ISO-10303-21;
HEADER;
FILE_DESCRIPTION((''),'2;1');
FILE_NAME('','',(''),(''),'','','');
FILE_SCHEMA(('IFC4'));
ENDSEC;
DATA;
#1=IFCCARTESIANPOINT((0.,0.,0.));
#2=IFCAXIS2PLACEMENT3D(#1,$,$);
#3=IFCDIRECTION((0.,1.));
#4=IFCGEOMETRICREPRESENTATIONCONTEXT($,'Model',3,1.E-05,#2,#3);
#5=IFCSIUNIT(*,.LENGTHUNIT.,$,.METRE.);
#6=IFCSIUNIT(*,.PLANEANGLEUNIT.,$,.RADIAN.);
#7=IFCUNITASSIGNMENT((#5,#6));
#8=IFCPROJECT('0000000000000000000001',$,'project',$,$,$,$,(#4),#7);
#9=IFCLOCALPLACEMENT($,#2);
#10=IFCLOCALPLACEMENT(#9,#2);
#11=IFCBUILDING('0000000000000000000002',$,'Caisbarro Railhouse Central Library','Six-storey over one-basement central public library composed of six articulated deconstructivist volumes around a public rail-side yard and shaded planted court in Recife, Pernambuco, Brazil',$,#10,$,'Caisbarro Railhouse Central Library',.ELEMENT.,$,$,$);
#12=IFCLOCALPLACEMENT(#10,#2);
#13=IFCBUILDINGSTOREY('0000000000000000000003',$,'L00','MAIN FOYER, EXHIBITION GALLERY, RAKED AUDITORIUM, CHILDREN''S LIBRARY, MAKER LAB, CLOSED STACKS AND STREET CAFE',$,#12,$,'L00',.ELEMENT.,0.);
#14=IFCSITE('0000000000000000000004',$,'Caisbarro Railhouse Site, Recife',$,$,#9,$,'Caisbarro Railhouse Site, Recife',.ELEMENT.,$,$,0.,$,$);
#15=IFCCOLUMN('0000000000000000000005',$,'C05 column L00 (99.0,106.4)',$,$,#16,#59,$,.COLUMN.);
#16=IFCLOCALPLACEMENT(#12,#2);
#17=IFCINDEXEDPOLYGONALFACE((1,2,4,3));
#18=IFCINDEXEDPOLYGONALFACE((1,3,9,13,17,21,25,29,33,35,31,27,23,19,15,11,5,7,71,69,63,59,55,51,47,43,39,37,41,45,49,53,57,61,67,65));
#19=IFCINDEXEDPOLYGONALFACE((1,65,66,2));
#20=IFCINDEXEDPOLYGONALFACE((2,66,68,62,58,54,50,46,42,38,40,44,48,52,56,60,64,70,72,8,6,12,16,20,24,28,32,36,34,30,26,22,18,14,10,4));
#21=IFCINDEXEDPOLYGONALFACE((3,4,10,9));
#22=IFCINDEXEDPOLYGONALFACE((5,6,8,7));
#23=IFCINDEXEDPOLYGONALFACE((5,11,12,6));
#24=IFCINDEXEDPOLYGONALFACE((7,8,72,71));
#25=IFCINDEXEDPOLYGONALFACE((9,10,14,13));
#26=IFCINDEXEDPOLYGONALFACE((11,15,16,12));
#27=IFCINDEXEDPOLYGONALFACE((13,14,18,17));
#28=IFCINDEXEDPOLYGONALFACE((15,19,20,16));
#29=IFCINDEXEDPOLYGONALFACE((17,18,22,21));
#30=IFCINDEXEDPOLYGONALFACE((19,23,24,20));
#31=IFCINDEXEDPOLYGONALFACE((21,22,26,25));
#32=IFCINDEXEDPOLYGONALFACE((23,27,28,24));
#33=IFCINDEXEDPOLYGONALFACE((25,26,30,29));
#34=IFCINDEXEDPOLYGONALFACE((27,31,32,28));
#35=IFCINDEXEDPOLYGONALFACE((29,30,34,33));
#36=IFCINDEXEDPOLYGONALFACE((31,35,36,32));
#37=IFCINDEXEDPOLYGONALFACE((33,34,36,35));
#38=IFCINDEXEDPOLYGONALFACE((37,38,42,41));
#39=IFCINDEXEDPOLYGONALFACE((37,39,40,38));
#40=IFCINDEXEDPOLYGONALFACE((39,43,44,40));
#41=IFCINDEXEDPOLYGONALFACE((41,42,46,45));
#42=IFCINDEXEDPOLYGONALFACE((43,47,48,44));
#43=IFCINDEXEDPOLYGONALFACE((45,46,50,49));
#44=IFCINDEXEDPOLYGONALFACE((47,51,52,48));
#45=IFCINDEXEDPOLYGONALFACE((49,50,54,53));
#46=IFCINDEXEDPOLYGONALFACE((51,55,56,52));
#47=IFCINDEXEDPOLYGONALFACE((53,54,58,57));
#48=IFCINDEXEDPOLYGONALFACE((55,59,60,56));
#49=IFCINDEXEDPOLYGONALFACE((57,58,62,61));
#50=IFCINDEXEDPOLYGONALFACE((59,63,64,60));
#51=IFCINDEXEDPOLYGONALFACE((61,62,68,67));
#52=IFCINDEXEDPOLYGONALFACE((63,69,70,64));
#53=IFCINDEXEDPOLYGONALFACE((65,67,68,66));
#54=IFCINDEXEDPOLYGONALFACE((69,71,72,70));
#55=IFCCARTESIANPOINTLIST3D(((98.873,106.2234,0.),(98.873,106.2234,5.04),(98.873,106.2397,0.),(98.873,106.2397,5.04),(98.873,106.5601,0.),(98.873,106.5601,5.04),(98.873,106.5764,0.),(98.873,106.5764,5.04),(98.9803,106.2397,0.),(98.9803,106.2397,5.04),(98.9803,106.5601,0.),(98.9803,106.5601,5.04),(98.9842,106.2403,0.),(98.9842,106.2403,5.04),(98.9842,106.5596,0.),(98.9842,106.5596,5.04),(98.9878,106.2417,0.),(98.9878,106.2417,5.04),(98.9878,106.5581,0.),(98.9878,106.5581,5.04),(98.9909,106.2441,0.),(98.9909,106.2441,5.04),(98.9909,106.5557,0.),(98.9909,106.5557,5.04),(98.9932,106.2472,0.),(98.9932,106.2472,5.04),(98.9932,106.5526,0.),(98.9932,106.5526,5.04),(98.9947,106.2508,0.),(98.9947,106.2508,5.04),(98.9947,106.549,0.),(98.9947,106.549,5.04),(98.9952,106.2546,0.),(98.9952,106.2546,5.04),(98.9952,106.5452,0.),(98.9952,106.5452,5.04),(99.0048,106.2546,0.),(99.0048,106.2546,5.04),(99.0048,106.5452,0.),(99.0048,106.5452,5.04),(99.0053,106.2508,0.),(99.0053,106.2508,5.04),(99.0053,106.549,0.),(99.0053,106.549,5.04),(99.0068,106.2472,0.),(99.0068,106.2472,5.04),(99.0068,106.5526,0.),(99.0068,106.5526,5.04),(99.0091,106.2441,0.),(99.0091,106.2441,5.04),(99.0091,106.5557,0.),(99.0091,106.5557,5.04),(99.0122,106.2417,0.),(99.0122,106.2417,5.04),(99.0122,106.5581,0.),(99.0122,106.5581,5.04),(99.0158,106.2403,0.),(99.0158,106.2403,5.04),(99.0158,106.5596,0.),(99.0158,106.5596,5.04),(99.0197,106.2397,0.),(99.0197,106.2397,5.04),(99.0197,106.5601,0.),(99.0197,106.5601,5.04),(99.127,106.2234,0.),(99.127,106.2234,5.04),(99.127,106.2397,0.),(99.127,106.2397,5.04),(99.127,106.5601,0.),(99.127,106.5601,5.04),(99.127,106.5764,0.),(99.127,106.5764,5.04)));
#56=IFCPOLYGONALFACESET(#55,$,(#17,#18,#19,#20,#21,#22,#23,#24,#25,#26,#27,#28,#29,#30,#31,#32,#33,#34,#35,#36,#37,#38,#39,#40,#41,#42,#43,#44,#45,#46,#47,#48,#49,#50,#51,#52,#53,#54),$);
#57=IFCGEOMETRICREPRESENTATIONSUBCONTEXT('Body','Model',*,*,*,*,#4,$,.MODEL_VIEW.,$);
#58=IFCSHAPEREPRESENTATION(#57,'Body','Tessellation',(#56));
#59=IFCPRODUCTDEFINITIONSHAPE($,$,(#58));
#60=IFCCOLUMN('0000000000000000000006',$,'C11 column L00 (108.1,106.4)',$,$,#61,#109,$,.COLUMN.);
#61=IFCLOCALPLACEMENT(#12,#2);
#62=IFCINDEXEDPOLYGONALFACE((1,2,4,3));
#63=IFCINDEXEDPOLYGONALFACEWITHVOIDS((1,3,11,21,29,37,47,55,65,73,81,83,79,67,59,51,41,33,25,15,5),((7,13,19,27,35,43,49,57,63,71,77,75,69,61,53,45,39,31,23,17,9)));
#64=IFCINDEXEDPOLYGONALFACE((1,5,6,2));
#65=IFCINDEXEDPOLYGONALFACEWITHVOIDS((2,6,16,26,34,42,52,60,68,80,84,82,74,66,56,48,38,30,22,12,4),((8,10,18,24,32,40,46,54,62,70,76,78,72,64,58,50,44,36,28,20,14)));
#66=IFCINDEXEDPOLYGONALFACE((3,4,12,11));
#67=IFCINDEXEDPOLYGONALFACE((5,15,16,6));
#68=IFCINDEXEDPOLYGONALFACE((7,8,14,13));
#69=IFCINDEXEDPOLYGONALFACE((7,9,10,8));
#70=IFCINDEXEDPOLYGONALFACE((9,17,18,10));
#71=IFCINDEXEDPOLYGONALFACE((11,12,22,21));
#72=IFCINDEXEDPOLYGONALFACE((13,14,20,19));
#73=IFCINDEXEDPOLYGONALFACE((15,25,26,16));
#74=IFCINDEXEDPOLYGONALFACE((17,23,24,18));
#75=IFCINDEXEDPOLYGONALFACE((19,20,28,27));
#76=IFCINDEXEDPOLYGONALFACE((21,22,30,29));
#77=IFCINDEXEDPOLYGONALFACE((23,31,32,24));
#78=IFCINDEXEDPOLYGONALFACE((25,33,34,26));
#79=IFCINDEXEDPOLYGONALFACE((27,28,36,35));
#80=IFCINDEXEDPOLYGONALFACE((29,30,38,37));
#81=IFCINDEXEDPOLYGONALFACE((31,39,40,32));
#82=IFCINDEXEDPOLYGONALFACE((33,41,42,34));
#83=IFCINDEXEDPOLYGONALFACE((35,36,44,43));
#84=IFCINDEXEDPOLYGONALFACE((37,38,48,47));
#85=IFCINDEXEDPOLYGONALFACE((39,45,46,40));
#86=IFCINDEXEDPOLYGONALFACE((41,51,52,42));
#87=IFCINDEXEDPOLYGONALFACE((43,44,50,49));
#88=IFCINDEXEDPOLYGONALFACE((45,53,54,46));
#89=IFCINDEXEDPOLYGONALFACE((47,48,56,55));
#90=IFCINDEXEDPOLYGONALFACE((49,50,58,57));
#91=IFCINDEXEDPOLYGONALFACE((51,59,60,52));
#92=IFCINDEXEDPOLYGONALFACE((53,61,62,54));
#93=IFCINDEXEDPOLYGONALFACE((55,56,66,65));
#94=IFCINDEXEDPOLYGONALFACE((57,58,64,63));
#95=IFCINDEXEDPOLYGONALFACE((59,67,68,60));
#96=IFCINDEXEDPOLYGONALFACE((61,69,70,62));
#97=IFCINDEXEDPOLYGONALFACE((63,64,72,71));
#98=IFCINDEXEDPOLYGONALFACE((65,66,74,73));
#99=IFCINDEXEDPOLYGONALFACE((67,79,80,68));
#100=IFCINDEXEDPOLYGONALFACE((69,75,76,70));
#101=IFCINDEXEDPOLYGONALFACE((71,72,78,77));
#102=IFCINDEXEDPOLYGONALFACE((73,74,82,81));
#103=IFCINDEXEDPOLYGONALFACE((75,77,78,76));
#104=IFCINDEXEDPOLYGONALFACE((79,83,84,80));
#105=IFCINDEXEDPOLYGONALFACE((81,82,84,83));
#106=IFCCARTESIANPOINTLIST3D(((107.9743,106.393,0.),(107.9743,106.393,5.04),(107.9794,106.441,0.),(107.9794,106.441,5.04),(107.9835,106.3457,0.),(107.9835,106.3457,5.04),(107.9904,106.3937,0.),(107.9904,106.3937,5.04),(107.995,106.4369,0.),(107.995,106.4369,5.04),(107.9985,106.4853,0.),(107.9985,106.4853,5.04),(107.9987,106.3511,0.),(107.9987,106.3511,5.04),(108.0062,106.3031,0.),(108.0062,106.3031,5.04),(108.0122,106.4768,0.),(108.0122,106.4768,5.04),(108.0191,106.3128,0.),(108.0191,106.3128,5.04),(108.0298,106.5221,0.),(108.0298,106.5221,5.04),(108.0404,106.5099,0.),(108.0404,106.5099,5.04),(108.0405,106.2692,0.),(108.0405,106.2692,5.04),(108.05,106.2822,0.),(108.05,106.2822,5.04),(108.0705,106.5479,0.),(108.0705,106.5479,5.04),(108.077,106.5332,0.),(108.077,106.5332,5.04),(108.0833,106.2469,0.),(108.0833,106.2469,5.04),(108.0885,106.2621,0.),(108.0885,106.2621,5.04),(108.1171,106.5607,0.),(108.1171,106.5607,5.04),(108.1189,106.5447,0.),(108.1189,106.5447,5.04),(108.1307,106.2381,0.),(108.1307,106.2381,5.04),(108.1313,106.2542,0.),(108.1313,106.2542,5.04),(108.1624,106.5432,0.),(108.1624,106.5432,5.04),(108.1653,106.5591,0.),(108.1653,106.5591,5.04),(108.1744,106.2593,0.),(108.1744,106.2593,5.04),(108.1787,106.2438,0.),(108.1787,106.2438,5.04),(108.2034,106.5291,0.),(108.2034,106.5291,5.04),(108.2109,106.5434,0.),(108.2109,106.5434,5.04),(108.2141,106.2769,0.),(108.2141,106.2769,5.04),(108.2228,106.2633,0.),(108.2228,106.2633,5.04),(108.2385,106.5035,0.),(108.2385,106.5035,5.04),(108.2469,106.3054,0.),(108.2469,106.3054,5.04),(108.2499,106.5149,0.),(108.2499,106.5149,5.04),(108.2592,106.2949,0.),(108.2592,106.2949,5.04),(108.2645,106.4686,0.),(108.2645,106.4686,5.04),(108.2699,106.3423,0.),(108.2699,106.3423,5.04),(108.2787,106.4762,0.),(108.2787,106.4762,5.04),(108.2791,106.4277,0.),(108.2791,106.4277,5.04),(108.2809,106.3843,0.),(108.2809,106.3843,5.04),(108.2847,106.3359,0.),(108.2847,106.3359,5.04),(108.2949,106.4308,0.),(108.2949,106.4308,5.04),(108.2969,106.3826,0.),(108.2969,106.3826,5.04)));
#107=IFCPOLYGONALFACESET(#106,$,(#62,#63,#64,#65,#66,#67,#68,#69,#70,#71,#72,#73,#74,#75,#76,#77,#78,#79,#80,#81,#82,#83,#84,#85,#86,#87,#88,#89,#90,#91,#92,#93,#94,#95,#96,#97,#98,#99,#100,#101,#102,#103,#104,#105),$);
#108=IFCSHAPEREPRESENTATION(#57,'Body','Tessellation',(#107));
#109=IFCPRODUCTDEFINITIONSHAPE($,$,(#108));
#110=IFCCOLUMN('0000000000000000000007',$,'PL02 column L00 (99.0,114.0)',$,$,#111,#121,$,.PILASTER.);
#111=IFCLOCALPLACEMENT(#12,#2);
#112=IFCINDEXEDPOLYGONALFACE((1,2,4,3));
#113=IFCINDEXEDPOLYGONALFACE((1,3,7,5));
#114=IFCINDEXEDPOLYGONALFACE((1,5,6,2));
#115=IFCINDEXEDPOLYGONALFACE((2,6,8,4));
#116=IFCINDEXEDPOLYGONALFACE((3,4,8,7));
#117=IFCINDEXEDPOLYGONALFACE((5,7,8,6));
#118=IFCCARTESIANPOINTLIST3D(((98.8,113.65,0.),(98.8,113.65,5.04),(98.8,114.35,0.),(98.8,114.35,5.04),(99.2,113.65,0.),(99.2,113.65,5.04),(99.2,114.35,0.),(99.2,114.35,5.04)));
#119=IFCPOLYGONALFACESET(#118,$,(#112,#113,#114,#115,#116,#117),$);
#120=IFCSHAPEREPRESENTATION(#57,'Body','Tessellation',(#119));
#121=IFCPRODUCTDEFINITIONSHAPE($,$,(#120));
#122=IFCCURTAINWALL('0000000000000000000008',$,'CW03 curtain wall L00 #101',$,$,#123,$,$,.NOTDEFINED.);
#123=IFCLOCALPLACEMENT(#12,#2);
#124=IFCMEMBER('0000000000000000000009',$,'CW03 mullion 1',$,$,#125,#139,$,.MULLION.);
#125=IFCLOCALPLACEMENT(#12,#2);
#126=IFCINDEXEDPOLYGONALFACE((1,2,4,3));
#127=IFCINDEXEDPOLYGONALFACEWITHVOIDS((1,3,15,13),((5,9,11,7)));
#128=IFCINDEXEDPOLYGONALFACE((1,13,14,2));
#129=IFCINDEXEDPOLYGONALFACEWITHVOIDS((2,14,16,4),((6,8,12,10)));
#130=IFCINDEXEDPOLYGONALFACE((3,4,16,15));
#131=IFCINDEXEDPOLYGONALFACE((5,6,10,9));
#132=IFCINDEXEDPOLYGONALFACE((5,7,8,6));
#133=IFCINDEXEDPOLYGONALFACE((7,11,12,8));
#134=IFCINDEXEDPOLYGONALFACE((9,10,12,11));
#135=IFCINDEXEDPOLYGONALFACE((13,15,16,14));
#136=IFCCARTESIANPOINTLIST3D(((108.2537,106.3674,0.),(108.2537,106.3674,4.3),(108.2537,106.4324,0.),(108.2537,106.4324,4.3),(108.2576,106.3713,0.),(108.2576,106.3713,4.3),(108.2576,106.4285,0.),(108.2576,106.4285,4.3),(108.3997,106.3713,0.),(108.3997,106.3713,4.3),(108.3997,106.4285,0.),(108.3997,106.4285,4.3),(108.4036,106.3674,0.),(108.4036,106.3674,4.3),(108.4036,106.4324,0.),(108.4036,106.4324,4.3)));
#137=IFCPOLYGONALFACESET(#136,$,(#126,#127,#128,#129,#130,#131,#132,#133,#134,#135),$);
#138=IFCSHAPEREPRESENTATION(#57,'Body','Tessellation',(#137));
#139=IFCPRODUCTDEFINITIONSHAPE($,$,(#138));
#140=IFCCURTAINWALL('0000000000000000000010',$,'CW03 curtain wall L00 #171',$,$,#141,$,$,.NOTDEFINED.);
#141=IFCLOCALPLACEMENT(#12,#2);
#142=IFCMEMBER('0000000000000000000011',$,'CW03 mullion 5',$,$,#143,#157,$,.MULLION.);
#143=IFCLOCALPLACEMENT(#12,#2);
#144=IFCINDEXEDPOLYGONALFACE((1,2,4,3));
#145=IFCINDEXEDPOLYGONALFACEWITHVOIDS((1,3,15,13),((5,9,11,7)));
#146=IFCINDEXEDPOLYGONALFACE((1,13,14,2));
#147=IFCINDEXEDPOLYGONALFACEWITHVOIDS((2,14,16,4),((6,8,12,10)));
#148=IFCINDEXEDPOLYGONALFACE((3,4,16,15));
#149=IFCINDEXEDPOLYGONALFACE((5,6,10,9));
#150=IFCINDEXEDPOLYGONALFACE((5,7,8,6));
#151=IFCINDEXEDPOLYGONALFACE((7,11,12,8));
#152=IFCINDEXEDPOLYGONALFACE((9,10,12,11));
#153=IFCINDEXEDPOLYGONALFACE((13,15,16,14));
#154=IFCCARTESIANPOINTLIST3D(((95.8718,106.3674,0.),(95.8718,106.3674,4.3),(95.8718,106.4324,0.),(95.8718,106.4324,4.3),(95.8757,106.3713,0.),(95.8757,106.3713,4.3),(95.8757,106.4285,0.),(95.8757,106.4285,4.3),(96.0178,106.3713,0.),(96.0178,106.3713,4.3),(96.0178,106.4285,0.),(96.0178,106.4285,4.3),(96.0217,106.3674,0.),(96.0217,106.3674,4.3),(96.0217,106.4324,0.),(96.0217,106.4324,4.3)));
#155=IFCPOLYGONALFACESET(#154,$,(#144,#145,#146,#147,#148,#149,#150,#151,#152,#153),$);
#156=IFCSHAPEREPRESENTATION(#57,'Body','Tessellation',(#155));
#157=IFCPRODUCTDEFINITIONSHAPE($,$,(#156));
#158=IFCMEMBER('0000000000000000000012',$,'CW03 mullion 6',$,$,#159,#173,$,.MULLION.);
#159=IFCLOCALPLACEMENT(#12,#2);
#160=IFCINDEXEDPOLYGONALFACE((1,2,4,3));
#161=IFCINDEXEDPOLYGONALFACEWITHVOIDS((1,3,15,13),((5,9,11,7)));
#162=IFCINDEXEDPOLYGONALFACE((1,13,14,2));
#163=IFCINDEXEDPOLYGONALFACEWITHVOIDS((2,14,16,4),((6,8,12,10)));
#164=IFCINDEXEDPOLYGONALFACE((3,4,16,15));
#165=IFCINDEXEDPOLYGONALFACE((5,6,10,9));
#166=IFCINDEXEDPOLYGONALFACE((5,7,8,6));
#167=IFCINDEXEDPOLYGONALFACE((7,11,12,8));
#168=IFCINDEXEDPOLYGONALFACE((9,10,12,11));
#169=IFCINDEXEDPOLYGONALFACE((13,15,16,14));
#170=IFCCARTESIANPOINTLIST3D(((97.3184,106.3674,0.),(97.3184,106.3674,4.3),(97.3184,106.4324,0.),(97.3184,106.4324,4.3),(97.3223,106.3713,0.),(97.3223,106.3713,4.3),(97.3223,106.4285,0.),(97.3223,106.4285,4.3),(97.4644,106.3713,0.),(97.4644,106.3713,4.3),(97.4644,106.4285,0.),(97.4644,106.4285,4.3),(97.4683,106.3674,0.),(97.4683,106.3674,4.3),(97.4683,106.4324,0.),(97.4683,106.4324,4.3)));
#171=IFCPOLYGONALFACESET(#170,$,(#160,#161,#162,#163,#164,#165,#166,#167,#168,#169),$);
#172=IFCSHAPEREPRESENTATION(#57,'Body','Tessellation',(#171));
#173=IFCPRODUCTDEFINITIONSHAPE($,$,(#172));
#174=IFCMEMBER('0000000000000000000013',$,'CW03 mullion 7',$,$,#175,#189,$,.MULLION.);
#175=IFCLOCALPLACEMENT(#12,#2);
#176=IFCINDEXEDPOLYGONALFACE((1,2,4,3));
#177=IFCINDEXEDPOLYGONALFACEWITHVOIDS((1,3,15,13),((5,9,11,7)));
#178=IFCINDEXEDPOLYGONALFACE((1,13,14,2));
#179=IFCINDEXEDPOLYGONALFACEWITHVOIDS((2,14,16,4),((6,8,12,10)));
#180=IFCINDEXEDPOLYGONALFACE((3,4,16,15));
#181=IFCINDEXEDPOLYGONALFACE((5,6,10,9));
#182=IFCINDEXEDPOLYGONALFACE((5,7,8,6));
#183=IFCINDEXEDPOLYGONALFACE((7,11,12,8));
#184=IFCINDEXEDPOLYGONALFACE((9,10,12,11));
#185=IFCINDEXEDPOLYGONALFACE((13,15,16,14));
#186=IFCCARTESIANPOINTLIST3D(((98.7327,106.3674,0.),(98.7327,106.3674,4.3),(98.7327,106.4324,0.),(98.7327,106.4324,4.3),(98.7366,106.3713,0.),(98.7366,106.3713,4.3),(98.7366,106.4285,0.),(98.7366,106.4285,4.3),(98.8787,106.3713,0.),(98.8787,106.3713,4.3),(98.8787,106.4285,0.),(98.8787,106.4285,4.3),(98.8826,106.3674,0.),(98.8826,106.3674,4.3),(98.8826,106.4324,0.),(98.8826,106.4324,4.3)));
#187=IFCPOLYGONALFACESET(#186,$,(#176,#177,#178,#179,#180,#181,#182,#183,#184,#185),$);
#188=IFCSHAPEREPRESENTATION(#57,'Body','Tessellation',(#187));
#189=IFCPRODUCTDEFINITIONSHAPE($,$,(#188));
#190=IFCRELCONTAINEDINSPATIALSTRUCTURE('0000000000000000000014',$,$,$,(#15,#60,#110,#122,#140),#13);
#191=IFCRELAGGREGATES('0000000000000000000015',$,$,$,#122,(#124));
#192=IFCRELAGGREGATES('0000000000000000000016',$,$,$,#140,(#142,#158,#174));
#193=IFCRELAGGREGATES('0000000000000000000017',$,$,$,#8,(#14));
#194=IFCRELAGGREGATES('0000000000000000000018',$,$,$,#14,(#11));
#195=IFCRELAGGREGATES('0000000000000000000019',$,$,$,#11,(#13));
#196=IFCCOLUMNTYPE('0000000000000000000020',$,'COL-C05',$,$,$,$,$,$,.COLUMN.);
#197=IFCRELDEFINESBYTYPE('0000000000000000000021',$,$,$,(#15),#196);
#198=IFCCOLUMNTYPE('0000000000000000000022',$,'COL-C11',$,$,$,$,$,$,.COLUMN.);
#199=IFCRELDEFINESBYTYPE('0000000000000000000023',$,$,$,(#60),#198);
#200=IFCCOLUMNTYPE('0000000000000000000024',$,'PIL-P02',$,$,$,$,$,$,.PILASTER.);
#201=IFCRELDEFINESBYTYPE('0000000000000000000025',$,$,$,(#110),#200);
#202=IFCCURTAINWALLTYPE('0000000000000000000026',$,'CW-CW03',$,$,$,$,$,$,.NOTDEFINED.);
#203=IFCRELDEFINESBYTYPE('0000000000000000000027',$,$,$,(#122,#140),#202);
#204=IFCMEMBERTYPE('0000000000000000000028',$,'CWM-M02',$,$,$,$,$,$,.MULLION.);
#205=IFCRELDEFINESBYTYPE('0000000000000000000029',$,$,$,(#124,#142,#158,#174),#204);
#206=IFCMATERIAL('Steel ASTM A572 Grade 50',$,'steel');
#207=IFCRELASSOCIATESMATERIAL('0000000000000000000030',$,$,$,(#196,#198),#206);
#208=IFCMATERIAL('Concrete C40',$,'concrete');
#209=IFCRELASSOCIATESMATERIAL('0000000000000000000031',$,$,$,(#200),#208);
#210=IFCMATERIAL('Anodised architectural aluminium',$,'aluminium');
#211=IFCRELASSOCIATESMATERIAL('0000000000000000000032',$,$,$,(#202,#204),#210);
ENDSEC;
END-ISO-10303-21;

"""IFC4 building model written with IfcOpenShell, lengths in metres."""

from ifc_helpers import new_model, si_unit, direction, frame, origin, origin_2d, place, context, subcontext, project, spatial, rectangle, hollow_rectangle, hollow_circle, i_section, extrude, material, material_profile, profile_set, type_object, element, aggregate, save


model = new_model("IFC4")

# Units and contexts
model_context = context("Model", 3, precision=1e-05, world=origin(), true_north=direction((0.0, 1.0)))
body_context = subcontext(model_context, "Body", "Model", "MODEL_VIEW")
ifc_project = project(units=[si_unit("LENGTHUNIT", "METRE"), si_unit("PLANEANGLEUNIT", "RADIAN")], contexts=[model_context])

# Site, building, storey
site_placement = place(None, origin())
site = spatial("IfcSite", under=ifc_project, at=site_placement, Name="Caisbarro Railhouse Site, Recife", LongName="Caisbarro Railhouse Site, Recife", CompositionType="ELEMENT", RefElevation=0.0)
building_placement = place(site_placement, origin())
building = spatial("IfcBuilding", under=site, at=building_placement, Name="Caisbarro Railhouse Central Library", Description="Six-storey over one-basement central public library composed of six articulated deconstructivist volumes around a public rail-side yard and shaded planted court in Recife, Pernambuco, Brazil", LongName="Caisbarro Railhouse Central Library", CompositionType="ELEMENT")
storey_placement = place(building_placement, origin())
storey = spatial("IfcBuildingStorey", under=building, at=storey_placement, Name="L00", Description="MAIN FOYER, EXHIBITION GALLERY, RAKED AUDITORIUM, CHILDREN'S LIBRARY, MAKER LAB, CLOSED STACKS AND STREET CAFE", LongName="L00", CompositionType="ELEMENT", Elevation=0.0)

# Columns
ifc_material_1 = material(Name="Steel ASTM A572 Grade 50", Category="steel")
ifc_material_profile_1 = material_profile(ifc_material_1, i_section(OverallWidth=0.2539, OverallDepth=0.353, WebThickness=0.0095, FlangeThickness=0.0164, FilletRadius=0.0149, at=origin_2d()), Name="W360X91.0")
ifc_profile_set_1 = profile_set([ifc_material_profile_1], Name="Steel ASTM A572 Grade 50")
column_type_1 = type_object("IfcColumnType", Name="COL-C05", PredefinedType="COLUMN", material=ifc_profile_set_1)
column_1_placement = place(storey_placement, frame((99.0, 106.3999, 0.0), z_axis=(0.0, 0.0, 1.0), x_axis=(1.0, 0.0, 0.0)))
element("IfcColumn", 1, at=column_1_placement, inside=storey, type_object=column_type_1, Name="C05 column L00 (99.0,106.4)", PredefinedType="COLUMN", context=body_context, shape_type="SweptSolid", body=[
    extrude(i_section(OverallWidth=0.2539, OverallDepth=0.353, WebThickness=0.0095, FlangeThickness=0.0164, FilletRadius=0.0149, at=origin_2d()), origin(), (0.0, 0.0, 1.0), 5.04),
])
ifc_material_profile_2 = material_profile(ifc_material_1, hollow_circle(Radius=0.1619, WallThickness=0.0161, at=origin_2d()), Name="CHS323.9X16.0")
ifc_profile_set_2 = profile_set([ifc_material_profile_2], Name="Steel ASTM A572 Grade 50")
column_type_2 = type_object("IfcColumnType", Name="COL-C11", PredefinedType="COLUMN", material=ifc_profile_set_2)
column_2_placement = place(storey_placement, frame((108.136, 106.3999, 0.0), z_axis=(0.0, 0.0, 1.0), x_axis=(0.981627, 0.190809, 0.0)))
element("IfcColumn", 2, at=column_2_placement, inside=storey, type_object=column_type_2, Name="C11 column L00 (108.1,106.4)", PredefinedType="COLUMN", context=body_context, shape_type="SweptSolid", body=[
    extrude(hollow_circle(Radius=0.1619, WallThickness=0.0161, at=origin_2d()), origin(), (0.0, 0.0, 1.0), 5.04),
])
ifc_material_2 = material(Name="Concrete C40", Category="concrete")
ifc_material_profile_3 = material_profile(ifc_material_2, rectangle(XDim=0.3999, YDim=0.7, at=origin_2d()), Name="RC-PIL-400X700")
ifc_profile_set_3 = profile_set([ifc_material_profile_3], Name="Concrete C40")
column_type_3 = type_object("IfcColumnType", Name="PIL-P02", PredefinedType="PILASTER", material=ifc_profile_set_3)
column_3_placement = place(storey_placement, frame((99.0, 114.0, 0.0), z_axis=(0.0, 0.0, 1.0), x_axis=(1.0, 0.0, 0.0)))
element("IfcColumn", 3, at=column_3_placement, inside=storey, type_object=column_type_3, Name="PL02 column L00 (99.0,114.0)", PredefinedType="PILASTER", context=body_context, shape_type="SweptSolid", body=[
    extrude(rectangle(XDim=0.3999, YDim=0.7, at=origin_2d()), origin(), (0.0, 0.0, 1.0), 5.04),
])

# Curtain wall, member
ifc_material_3 = material(Name="Anodised architectural aluminium", Category="aluminium")
curtain_wall_type = type_object("IfcCurtainWallType", Name="CW-CW03", PredefinedType="NOTDEFINED", material=ifc_material_3)
curtain_wall_1_placement = place(storey_placement, origin())
curtain_wall_1 = element("IfcCurtainWall", 4, at=curtain_wall_1_placement, inside=storey, type_object=curtain_wall_type, Name="CW03 curtain wall L00 #101", PredefinedType="NOTDEFINED")
ifc_material_profile_4 = material_profile(ifc_material_3, hollow_rectangle(XDim=0.0649, YDim=0.1499, WallThickness=0.0039, at=origin_2d()), Name="ALU-MUL-65X150")
ifc_profile_set_4 = profile_set([ifc_material_profile_4], Name="Anodised architectural aluminium")
member_type_1 = type_object("IfcMemberType", Name="CWM-M02", PredefinedType="MULLION", material=ifc_profile_set_4)
member_1_placement = place(storey_placement, frame((108.3286, 106.3999, 0.0), z_axis=(0.0, 0.0, 1.0), x_axis=(0.0, 1.0, 0.0)))
member_1 = element("IfcMember", 5, at=member_1_placement, type_object=member_type_1, Name="CW03 mullion 1", PredefinedType="MULLION", context=body_context, shape_type="SweptSolid", body=[
    extrude(hollow_rectangle(XDim=0.0649, YDim=0.1499, WallThickness=0.0039, at=origin_2d()), origin(), (0.0, 0.0, 1.0), 4.3),
])

# Curtain wall, members
curtain_wall_2_placement = place(storey_placement, origin())
curtain_wall_2 = element("IfcCurtainWall", 6, at=curtain_wall_2_placement, inside=storey, type_object=curtain_wall_type, Name="CW03 curtain wall L00 #171", PredefinedType="NOTDEFINED")
member_2_placement = place(storey_placement, frame((95.9468, 106.3999, 0.0), z_axis=(0.0, 0.0, 1.0), x_axis=(0.0, 1.0, 0.0)))
member_2 = element("IfcMember", 7, at=member_2_placement, type_object=member_type_1, Name="CW03 mullion 5", PredefinedType="MULLION", context=body_context, shape_type="SweptSolid", body=[
    extrude(hollow_rectangle(XDim=0.0649, YDim=0.1499, WallThickness=0.0039, at=origin_2d()), origin(), (0.0, 0.0, 1.0), 4.3),
])
member_3_placement = place(storey_placement, frame((97.3933, 106.3999, 0.0), z_axis=(0.0, 0.0, 1.0), x_axis=(0.0, 1.0, 0.0)))
member_3 = element("IfcMember", 8, at=member_3_placement, type_object=member_type_1, Name="CW03 mullion 6", PredefinedType="MULLION", context=body_context, shape_type="SweptSolid", body=[
    extrude(hollow_rectangle(XDim=0.0649, YDim=0.1499, WallThickness=0.0039, at=origin_2d()), origin(), (0.0, 0.0, 1.0), 4.3),
])
member_4_placement = place(storey_placement, frame((98.8076, 106.3999, 0.0), z_axis=(0.0, 0.0, 1.0), x_axis=(0.0, 1.0, 0.0)))
member_4 = element("IfcMember", 9, at=member_4_placement, type_object=member_type_1, Name="CW03 mullion 7", PredefinedType="MULLION", context=body_context, shape_type="SweptSolid", body=[
    extrude(hollow_rectangle(XDim=0.0649, YDim=0.1499, WallThickness=0.0039, at=origin_2d()), origin(), (0.0, 0.0, 1.0), 4.3),
])

aggregate(curtain_wall_1, [member_1])

aggregate(curtain_wall_2, [member_2, member_3, member_4])

save(model, "model.ifc")
